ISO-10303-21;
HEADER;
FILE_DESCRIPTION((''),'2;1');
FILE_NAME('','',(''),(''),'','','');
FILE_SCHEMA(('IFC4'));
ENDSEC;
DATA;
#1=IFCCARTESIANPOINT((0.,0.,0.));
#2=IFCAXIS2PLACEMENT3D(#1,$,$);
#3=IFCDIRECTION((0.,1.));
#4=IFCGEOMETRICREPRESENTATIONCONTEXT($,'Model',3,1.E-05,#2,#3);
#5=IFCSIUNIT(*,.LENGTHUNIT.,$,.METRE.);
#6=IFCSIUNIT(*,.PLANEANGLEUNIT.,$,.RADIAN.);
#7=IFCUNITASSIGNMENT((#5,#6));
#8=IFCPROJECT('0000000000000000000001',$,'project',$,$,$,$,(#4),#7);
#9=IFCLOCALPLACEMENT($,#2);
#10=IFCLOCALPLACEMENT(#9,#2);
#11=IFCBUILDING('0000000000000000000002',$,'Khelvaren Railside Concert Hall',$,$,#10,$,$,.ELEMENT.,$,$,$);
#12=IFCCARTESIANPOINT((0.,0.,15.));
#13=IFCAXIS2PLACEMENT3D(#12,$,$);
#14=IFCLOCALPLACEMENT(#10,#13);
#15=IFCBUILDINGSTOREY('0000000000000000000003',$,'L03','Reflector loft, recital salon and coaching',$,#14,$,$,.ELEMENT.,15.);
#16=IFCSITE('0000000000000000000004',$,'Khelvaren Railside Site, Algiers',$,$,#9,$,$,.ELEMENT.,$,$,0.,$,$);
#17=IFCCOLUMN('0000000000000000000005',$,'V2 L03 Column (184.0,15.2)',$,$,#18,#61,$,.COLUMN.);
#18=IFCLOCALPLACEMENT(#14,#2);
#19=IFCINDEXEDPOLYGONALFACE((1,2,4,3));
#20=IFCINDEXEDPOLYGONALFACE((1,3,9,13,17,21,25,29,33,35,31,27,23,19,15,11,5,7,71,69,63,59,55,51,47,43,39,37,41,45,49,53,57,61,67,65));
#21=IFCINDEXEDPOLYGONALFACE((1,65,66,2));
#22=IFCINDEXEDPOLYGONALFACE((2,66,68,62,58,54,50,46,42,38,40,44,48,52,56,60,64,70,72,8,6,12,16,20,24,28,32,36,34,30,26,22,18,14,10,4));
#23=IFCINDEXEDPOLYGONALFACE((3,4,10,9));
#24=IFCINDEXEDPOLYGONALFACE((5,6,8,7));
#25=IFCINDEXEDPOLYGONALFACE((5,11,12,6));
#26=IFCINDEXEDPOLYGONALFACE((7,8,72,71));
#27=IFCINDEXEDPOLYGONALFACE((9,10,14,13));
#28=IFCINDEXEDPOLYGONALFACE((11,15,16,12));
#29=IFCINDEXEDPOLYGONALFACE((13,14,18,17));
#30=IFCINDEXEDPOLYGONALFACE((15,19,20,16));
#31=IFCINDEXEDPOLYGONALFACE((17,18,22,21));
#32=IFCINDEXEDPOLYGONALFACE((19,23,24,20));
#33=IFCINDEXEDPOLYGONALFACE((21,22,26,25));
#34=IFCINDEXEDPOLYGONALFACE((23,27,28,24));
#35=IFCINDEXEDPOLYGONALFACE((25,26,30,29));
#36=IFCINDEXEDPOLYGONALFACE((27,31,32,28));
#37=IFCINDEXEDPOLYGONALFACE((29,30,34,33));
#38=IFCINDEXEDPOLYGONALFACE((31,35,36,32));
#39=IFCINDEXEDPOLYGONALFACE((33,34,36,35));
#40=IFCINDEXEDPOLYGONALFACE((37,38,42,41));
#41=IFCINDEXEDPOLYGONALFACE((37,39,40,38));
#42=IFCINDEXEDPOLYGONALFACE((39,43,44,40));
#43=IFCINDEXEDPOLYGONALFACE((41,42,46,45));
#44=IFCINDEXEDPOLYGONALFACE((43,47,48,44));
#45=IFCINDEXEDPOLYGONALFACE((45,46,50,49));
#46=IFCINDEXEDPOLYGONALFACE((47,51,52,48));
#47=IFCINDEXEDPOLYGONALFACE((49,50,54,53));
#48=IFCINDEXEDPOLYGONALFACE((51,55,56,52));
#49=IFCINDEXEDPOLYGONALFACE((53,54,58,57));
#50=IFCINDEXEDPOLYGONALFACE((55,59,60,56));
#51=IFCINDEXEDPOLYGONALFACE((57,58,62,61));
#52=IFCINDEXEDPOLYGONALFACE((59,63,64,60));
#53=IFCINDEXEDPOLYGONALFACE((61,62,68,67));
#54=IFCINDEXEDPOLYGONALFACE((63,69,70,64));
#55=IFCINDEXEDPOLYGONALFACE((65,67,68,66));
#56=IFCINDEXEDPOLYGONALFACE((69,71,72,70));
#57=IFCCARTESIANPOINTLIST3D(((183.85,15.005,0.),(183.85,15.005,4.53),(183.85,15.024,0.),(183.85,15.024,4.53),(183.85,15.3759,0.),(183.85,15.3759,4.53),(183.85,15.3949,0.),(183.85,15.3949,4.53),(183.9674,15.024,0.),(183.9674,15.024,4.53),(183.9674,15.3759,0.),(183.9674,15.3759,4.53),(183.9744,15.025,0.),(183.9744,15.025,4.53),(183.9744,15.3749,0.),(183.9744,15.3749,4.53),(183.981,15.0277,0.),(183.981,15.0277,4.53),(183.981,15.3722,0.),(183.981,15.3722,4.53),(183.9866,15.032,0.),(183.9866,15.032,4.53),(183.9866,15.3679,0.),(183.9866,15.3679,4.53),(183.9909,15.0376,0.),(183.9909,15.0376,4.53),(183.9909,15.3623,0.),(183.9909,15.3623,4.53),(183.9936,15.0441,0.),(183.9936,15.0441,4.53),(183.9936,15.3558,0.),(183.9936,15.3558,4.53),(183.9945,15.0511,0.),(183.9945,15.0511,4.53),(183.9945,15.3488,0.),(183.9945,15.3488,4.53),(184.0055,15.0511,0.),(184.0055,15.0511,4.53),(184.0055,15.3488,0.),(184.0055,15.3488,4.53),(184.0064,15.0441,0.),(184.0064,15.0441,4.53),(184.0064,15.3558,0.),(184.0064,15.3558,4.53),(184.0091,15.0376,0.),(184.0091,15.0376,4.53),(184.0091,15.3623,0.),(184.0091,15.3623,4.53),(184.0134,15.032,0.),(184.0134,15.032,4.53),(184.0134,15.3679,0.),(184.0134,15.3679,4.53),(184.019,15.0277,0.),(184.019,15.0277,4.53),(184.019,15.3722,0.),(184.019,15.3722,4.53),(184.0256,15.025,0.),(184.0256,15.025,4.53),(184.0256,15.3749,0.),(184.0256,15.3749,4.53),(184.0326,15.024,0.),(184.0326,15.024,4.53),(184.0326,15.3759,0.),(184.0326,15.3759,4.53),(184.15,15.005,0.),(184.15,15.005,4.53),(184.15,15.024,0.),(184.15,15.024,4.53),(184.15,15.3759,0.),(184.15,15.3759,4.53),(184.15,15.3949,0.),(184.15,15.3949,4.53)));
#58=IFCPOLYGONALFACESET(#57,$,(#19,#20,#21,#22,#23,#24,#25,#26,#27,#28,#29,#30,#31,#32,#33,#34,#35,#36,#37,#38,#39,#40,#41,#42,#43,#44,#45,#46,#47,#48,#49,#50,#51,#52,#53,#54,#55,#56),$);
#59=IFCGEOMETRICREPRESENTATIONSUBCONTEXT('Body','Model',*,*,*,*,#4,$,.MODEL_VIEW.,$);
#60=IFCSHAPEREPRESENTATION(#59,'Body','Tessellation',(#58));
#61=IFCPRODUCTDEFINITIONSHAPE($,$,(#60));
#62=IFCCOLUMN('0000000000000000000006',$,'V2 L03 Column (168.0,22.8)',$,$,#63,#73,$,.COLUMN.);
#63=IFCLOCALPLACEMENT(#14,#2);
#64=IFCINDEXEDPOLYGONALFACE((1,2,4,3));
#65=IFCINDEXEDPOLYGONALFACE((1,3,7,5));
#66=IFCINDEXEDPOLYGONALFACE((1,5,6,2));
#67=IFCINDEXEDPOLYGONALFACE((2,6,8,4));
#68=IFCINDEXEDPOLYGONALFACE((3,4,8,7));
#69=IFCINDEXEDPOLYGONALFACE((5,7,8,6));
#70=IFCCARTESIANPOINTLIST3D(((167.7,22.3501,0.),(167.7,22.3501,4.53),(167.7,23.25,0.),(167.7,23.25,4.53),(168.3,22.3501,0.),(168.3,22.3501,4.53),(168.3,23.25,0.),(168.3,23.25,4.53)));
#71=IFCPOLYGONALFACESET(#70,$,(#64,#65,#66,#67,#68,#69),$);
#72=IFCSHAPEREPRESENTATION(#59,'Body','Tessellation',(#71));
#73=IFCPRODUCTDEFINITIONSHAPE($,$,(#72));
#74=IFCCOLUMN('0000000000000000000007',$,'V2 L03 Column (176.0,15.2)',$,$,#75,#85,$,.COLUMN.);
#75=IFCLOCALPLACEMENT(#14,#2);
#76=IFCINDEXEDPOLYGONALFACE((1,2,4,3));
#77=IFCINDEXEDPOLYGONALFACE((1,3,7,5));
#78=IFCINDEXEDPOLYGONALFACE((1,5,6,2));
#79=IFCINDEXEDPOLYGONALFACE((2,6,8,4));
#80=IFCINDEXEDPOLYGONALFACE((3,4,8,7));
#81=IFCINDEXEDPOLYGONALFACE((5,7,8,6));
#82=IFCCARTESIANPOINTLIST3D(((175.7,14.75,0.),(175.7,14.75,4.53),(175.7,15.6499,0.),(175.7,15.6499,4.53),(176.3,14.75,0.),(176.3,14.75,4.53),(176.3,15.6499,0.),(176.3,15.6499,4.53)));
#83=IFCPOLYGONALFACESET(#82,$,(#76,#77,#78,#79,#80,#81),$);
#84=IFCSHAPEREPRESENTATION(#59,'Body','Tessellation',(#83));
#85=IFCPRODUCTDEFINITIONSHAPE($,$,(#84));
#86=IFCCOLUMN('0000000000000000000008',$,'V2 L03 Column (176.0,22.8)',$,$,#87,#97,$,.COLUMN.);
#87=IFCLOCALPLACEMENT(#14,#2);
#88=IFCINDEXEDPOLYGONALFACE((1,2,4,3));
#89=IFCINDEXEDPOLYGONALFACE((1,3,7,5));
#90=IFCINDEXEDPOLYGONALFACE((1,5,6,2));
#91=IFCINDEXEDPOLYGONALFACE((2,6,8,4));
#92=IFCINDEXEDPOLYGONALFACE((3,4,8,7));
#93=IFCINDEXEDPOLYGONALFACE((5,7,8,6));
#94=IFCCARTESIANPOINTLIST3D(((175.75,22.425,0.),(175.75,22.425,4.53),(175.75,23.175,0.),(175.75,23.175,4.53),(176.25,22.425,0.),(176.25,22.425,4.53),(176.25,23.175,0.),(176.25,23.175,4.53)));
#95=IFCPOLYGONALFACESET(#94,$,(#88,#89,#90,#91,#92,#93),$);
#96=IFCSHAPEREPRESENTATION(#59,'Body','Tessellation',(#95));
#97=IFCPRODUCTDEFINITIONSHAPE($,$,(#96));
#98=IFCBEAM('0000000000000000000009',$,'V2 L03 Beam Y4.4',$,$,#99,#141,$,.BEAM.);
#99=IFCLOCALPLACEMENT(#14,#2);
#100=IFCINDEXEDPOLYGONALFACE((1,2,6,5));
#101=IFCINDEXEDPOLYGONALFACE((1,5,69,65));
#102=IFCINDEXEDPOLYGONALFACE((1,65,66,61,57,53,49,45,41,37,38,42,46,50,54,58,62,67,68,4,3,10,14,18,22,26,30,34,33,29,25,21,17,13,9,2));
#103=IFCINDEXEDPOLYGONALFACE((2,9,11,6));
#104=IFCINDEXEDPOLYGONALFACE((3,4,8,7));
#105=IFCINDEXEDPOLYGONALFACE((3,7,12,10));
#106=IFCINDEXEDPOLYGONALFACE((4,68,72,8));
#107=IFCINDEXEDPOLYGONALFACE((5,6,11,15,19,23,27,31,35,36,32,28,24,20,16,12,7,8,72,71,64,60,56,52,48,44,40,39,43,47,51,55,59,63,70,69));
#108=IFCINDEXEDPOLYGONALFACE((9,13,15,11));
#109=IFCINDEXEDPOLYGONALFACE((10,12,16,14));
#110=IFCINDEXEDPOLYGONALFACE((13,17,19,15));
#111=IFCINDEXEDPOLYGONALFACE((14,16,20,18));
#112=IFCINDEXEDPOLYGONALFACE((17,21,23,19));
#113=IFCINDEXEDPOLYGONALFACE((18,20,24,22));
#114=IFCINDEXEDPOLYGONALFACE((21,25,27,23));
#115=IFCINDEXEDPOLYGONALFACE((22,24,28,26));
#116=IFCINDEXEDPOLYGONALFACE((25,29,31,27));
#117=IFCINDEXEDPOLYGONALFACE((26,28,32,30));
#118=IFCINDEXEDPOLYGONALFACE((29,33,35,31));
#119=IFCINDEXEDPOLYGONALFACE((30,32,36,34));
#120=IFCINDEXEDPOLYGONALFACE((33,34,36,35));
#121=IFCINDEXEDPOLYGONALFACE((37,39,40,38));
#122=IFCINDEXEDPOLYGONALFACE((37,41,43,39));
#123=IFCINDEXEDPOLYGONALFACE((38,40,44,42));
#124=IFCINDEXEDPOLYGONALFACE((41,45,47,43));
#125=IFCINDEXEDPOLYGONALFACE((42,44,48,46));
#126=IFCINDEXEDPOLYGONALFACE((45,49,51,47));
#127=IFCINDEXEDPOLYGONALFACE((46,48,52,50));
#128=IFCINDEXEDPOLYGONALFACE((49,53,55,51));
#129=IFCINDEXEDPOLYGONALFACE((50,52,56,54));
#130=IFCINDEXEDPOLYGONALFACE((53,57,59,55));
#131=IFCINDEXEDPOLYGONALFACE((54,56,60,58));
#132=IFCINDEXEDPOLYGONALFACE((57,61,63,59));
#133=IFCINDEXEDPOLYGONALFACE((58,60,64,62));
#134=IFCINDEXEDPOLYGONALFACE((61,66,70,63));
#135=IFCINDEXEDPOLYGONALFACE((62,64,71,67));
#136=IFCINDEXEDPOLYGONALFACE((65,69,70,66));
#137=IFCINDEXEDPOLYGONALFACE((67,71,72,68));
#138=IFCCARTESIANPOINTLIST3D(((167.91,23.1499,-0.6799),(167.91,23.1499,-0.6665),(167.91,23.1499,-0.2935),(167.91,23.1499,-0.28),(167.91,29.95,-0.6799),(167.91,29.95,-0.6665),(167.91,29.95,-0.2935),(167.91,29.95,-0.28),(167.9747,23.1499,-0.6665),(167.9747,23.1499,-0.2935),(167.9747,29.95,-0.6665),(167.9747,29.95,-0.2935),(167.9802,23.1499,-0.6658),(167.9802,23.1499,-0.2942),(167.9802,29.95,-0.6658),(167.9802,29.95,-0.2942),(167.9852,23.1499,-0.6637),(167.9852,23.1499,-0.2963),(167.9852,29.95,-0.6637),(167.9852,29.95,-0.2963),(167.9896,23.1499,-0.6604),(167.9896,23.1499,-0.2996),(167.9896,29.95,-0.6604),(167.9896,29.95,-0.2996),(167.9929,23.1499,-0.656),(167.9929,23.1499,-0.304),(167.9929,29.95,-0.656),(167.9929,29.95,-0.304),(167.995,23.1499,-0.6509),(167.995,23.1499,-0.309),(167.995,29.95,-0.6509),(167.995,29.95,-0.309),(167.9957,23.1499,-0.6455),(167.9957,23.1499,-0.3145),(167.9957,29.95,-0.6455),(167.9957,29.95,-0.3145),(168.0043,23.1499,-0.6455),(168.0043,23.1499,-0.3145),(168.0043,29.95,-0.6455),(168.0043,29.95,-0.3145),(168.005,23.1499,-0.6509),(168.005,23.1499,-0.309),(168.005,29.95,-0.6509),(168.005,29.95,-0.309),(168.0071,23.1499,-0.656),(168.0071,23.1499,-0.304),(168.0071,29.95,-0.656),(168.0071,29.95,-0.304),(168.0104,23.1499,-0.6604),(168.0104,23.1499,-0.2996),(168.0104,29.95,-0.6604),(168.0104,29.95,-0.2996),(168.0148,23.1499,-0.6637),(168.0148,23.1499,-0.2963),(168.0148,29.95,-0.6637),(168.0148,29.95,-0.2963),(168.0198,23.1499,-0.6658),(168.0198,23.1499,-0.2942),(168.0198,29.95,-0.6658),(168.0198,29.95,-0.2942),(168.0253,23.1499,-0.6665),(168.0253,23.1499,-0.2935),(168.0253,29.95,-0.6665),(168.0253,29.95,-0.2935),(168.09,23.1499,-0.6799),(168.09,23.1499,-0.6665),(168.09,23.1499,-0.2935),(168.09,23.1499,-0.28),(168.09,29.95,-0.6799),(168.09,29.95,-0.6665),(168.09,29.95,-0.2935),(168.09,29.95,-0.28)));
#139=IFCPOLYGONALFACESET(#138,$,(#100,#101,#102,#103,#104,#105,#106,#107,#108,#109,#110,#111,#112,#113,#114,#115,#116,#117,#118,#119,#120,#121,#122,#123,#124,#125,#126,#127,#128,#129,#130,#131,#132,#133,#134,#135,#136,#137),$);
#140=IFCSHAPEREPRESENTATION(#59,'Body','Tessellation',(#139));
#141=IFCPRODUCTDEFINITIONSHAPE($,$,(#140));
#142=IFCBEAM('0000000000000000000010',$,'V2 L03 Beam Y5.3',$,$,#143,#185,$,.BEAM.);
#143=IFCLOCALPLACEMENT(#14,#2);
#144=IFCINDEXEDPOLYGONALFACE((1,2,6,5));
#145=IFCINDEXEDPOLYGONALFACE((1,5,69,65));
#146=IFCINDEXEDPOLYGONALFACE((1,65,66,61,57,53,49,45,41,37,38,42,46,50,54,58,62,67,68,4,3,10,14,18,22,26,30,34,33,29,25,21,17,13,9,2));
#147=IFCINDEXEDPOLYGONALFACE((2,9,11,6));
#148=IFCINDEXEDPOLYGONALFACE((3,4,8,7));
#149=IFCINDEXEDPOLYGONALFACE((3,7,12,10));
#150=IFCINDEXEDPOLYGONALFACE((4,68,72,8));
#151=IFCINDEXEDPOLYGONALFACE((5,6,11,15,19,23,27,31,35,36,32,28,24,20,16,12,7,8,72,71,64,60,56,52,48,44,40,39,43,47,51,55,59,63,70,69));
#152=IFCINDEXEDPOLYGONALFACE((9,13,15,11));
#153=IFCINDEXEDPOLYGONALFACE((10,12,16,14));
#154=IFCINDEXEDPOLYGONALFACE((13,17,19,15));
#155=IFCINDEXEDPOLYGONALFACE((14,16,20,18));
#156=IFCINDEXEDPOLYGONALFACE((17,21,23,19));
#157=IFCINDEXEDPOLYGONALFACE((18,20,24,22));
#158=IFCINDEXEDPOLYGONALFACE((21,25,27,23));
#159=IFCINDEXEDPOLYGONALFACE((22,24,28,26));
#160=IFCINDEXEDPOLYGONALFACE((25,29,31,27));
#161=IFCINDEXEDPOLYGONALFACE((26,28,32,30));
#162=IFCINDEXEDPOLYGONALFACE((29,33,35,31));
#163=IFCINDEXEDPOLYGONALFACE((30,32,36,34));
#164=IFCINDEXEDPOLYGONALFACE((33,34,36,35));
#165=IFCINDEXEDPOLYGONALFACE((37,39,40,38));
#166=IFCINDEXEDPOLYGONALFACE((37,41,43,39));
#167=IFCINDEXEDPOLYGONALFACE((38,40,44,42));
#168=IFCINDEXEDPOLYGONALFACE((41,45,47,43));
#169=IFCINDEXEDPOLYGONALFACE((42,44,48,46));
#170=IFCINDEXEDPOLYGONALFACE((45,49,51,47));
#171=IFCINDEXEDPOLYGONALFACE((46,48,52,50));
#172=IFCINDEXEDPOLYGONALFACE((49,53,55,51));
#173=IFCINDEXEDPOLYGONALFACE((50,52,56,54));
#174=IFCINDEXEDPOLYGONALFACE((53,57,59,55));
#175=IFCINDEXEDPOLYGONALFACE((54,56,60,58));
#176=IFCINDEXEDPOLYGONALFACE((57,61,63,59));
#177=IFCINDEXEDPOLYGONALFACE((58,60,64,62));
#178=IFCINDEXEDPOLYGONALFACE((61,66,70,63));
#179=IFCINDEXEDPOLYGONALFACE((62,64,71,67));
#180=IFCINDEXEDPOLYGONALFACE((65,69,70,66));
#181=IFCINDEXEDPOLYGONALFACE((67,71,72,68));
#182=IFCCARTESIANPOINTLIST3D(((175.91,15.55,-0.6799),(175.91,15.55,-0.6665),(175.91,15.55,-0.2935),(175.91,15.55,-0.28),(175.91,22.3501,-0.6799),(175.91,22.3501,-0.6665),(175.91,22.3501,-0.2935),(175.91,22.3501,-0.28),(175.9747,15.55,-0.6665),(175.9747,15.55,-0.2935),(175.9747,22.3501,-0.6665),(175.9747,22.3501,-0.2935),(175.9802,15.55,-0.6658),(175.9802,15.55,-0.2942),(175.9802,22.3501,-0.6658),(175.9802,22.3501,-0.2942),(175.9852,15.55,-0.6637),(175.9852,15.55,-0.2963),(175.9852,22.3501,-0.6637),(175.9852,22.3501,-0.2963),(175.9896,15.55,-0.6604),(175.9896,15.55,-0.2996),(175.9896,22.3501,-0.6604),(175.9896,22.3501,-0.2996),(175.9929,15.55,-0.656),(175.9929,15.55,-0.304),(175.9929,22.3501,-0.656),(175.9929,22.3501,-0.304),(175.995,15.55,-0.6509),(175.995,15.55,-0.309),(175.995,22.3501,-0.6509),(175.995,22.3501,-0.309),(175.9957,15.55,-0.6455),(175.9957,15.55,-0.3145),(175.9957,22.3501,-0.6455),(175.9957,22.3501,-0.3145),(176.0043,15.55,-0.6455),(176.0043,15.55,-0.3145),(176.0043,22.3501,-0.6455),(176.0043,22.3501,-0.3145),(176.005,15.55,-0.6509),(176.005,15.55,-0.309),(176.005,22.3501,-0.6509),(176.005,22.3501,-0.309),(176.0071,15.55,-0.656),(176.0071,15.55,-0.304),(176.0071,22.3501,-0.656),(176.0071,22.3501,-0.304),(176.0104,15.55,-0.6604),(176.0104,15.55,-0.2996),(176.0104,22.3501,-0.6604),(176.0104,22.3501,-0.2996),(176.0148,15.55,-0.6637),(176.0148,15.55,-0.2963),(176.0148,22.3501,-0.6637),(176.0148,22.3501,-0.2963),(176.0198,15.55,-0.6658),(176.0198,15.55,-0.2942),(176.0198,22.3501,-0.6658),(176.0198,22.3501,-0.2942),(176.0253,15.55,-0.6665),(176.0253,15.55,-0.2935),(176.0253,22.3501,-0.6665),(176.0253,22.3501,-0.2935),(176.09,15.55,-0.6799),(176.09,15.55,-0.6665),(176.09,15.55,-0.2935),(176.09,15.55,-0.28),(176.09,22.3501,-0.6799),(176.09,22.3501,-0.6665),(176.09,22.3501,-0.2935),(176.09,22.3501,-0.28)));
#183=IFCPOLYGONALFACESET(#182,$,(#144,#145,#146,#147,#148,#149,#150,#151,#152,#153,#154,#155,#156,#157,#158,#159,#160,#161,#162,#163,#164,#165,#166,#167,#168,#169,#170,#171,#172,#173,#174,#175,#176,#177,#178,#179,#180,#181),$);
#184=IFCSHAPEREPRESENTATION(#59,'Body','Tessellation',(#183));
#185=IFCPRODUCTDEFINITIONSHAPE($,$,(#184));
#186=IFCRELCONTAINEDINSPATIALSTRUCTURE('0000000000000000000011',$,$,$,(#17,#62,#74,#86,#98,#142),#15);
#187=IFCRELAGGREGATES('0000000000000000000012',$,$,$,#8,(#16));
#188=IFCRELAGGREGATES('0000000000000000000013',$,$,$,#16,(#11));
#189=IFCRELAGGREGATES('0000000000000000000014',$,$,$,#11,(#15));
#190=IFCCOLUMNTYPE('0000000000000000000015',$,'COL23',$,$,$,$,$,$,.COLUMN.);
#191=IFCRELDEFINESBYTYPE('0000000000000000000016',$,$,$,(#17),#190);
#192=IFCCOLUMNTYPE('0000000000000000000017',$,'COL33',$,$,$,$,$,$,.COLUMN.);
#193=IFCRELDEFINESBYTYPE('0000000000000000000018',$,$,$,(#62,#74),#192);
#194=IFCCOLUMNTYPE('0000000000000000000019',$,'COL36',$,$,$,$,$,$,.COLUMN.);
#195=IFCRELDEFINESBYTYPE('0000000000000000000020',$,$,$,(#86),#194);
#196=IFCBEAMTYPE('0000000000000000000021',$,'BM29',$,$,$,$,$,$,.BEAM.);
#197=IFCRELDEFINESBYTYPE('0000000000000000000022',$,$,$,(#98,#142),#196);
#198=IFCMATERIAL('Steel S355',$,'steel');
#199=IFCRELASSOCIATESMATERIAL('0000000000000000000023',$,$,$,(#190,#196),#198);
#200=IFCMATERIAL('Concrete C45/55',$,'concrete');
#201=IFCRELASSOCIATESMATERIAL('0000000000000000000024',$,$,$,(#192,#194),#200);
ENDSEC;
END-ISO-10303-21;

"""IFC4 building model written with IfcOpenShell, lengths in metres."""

from ifc_helpers import new_model, si_unit, direction, frame, origin, origin_2d, place, context, subcontext, project, spatial, rectangle, i_section, extrude, material, material_profile, profile_set, type_object, element, save


model = new_model("IFC4")

# Units and contexts
model_context = context("Model", 3, precision=1e-05, world=origin(), true_north=direction((0.0, 1.0)))
body_context = subcontext(model_context, "Body", "Model", "MODEL_VIEW")
ifc_project = project(units=[si_unit("LENGTHUNIT", "METRE"), si_unit("PLANEANGLEUNIT", "RADIAN")], contexts=[model_context])

# Site, building, storey
site_placement = place(None, origin())
site = spatial("IfcSite", under=ifc_project, at=site_placement, Name="Khelvaren Railside Site, Algiers", CompositionType="ELEMENT", RefElevation=0.0)
building_placement = place(site_placement, origin())
building = spatial("IfcBuilding", under=site, at=building_placement, Name="Khelvaren Railside Concert Hall", CompositionType="ELEMENT")
storey_placement = place(building_placement, frame((0.0, 0.0, 15.0)))
storey = spatial("IfcBuildingStorey", under=building, at=storey_placement, Name="L03", Description="Reflector loft, recital salon and coaching", CompositionType="ELEMENT", Elevation=15.0)

# Columns
ifc_material_1 = material(Name="Steel S355", Category="steel")
ifc_material_profile_1 = material_profile(ifc_material_1, i_section(OverallWidth=0.3, OverallDepth=0.3899, WebThickness=0.011, FlangeThickness=0.019, FilletRadius=0.0271, at=origin_2d()), Name="HEA 400")
ifc_profile_set_1 = profile_set([ifc_material_profile_1], Name="Steel S355")
column_type_1 = type_object("IfcColumnType", Name="COL23", PredefinedType="COLUMN", material=ifc_profile_set_1)
column_1_placement = place(storey_placement, frame((184.0, 15.2, 0.0), z_axis=(0.0, 0.0, 1.0), x_axis=(1.0, 0.0, 0.0)))
element("IfcColumn", 1, at=column_1_placement, inside=storey, type_object=column_type_1, Name="V2 L03 Column (184.0,15.2)", PredefinedType="COLUMN", context=body_context, shape_type="SweptSolid", body=[
    extrude(i_section(OverallWidth=0.3, OverallDepth=0.3899, WebThickness=0.011, FlangeThickness=0.019, FilletRadius=0.0271, at=origin_2d()), origin(), (0.0, 0.0, 1.0), 4.53),
])
ifc_material_2 = material(Name="Concrete C45/55", Category="concrete")
ifc_material_profile_2 = material_profile(ifc_material_2, rectangle(XDim=0.6001, YDim=0.8999, at=origin_2d()), Name="RC 600x900")
ifc_profile_set_2 = profile_set([ifc_material_profile_2], Name="Concrete C45/55")
column_type_2 = type_object("IfcColumnType", Name="COL33", PredefinedType="COLUMN", material=ifc_profile_set_2)
for number, where, z_axis, x_axis, name in (
    (2, (168.0, 22.8, 0.0), (0.0, 0.0, 1.0), (1.0, 0.0, 0.0), "V2 L03 Column (168.0,22.8)"),
    (3, (176.0, 15.2, 0.0), (0.0, 0.0, 1.0), (1.0, 0.0, 0.0), "V2 L03 Column (176.0,15.2)"),
):
    element("IfcColumn", number, at=place(storey_placement, frame(where, z_axis=z_axis, x_axis=x_axis)), inside=storey, type_object=column_type_2, Name=name, PredefinedType="COLUMN", context=body_context, shape_type="SweptSolid", body=[
        extrude(rectangle(XDim=0.6001, YDim=0.8999, at=origin_2d()), origin(), (0.0, 0.0, 1.0), 4.53),
    ])
ifc_material_profile_3 = material_profile(ifc_material_2, rectangle(XDim=0.5, YDim=0.75, at=origin_2d()), Name="RC 500x750")
ifc_profile_set_3 = profile_set([ifc_material_profile_3], Name="Concrete C45/55")
column_type_3 = type_object("IfcColumnType", Name="COL36", PredefinedType="COLUMN", material=ifc_profile_set_3)
column_2_placement = place(storey_placement, frame((176.0, 22.8, 0.0), z_axis=(0.0, 0.0, 1.0), x_axis=(1.0, 0.0, 0.0)))
element("IfcColumn", 4, at=column_2_placement, inside=storey, type_object=column_type_3, Name="V2 L03 Column (176.0,22.8)", PredefinedType="COLUMN", context=body_context, shape_type="SweptSolid", body=[
    extrude(rectangle(XDim=0.5, YDim=0.75, at=origin_2d()), origin(), (0.0, 0.0, 1.0), 4.53),
])

# Beams
ifc_material_profile_4 = material_profile(ifc_material_1, i_section(OverallWidth=0.1799, OverallDepth=0.3999, WebThickness=0.0085, FlangeThickness=0.0134, FilletRadius=0.021, at=origin_2d()), Name="IPE 400")
ifc_profile_set_4 = profile_set([ifc_material_profile_4], Name="Steel S355")
beam_type_1 = type_object("IfcBeamType", Name="BM29", PredefinedType="BEAM", material=ifc_profile_set_4)
for number, where, z_axis, x_axis, name in (
    (5, (168.0, 23.1499, -0.48), (0.0, 1.0, 0.0), (-1.0, 0.0, 0.0), "V2 L03 Beam Y4.4"),
    (6, (176.0, 15.55, -0.48), (0.0, 1.0, 0.0), (-1.0, 0.0, 0.0), "V2 L03 Beam Y5.3"),
):
    element("IfcBeam", number, at=place(storey_placement, frame(where, z_axis=z_axis, x_axis=x_axis)), inside=storey, type_object=beam_type_1, Name=name, PredefinedType="BEAM", context=body_context, shape_type="SweptSolid", body=[
        extrude(i_section(OverallWidth=0.1799, OverallDepth=0.3999, WebThickness=0.0085, FlangeThickness=0.0134, FilletRadius=0.021, at=origin_2d()), origin(), (0.0, 0.0, 1.0), 6.8),
    ])

save(model, "model.ifc")
